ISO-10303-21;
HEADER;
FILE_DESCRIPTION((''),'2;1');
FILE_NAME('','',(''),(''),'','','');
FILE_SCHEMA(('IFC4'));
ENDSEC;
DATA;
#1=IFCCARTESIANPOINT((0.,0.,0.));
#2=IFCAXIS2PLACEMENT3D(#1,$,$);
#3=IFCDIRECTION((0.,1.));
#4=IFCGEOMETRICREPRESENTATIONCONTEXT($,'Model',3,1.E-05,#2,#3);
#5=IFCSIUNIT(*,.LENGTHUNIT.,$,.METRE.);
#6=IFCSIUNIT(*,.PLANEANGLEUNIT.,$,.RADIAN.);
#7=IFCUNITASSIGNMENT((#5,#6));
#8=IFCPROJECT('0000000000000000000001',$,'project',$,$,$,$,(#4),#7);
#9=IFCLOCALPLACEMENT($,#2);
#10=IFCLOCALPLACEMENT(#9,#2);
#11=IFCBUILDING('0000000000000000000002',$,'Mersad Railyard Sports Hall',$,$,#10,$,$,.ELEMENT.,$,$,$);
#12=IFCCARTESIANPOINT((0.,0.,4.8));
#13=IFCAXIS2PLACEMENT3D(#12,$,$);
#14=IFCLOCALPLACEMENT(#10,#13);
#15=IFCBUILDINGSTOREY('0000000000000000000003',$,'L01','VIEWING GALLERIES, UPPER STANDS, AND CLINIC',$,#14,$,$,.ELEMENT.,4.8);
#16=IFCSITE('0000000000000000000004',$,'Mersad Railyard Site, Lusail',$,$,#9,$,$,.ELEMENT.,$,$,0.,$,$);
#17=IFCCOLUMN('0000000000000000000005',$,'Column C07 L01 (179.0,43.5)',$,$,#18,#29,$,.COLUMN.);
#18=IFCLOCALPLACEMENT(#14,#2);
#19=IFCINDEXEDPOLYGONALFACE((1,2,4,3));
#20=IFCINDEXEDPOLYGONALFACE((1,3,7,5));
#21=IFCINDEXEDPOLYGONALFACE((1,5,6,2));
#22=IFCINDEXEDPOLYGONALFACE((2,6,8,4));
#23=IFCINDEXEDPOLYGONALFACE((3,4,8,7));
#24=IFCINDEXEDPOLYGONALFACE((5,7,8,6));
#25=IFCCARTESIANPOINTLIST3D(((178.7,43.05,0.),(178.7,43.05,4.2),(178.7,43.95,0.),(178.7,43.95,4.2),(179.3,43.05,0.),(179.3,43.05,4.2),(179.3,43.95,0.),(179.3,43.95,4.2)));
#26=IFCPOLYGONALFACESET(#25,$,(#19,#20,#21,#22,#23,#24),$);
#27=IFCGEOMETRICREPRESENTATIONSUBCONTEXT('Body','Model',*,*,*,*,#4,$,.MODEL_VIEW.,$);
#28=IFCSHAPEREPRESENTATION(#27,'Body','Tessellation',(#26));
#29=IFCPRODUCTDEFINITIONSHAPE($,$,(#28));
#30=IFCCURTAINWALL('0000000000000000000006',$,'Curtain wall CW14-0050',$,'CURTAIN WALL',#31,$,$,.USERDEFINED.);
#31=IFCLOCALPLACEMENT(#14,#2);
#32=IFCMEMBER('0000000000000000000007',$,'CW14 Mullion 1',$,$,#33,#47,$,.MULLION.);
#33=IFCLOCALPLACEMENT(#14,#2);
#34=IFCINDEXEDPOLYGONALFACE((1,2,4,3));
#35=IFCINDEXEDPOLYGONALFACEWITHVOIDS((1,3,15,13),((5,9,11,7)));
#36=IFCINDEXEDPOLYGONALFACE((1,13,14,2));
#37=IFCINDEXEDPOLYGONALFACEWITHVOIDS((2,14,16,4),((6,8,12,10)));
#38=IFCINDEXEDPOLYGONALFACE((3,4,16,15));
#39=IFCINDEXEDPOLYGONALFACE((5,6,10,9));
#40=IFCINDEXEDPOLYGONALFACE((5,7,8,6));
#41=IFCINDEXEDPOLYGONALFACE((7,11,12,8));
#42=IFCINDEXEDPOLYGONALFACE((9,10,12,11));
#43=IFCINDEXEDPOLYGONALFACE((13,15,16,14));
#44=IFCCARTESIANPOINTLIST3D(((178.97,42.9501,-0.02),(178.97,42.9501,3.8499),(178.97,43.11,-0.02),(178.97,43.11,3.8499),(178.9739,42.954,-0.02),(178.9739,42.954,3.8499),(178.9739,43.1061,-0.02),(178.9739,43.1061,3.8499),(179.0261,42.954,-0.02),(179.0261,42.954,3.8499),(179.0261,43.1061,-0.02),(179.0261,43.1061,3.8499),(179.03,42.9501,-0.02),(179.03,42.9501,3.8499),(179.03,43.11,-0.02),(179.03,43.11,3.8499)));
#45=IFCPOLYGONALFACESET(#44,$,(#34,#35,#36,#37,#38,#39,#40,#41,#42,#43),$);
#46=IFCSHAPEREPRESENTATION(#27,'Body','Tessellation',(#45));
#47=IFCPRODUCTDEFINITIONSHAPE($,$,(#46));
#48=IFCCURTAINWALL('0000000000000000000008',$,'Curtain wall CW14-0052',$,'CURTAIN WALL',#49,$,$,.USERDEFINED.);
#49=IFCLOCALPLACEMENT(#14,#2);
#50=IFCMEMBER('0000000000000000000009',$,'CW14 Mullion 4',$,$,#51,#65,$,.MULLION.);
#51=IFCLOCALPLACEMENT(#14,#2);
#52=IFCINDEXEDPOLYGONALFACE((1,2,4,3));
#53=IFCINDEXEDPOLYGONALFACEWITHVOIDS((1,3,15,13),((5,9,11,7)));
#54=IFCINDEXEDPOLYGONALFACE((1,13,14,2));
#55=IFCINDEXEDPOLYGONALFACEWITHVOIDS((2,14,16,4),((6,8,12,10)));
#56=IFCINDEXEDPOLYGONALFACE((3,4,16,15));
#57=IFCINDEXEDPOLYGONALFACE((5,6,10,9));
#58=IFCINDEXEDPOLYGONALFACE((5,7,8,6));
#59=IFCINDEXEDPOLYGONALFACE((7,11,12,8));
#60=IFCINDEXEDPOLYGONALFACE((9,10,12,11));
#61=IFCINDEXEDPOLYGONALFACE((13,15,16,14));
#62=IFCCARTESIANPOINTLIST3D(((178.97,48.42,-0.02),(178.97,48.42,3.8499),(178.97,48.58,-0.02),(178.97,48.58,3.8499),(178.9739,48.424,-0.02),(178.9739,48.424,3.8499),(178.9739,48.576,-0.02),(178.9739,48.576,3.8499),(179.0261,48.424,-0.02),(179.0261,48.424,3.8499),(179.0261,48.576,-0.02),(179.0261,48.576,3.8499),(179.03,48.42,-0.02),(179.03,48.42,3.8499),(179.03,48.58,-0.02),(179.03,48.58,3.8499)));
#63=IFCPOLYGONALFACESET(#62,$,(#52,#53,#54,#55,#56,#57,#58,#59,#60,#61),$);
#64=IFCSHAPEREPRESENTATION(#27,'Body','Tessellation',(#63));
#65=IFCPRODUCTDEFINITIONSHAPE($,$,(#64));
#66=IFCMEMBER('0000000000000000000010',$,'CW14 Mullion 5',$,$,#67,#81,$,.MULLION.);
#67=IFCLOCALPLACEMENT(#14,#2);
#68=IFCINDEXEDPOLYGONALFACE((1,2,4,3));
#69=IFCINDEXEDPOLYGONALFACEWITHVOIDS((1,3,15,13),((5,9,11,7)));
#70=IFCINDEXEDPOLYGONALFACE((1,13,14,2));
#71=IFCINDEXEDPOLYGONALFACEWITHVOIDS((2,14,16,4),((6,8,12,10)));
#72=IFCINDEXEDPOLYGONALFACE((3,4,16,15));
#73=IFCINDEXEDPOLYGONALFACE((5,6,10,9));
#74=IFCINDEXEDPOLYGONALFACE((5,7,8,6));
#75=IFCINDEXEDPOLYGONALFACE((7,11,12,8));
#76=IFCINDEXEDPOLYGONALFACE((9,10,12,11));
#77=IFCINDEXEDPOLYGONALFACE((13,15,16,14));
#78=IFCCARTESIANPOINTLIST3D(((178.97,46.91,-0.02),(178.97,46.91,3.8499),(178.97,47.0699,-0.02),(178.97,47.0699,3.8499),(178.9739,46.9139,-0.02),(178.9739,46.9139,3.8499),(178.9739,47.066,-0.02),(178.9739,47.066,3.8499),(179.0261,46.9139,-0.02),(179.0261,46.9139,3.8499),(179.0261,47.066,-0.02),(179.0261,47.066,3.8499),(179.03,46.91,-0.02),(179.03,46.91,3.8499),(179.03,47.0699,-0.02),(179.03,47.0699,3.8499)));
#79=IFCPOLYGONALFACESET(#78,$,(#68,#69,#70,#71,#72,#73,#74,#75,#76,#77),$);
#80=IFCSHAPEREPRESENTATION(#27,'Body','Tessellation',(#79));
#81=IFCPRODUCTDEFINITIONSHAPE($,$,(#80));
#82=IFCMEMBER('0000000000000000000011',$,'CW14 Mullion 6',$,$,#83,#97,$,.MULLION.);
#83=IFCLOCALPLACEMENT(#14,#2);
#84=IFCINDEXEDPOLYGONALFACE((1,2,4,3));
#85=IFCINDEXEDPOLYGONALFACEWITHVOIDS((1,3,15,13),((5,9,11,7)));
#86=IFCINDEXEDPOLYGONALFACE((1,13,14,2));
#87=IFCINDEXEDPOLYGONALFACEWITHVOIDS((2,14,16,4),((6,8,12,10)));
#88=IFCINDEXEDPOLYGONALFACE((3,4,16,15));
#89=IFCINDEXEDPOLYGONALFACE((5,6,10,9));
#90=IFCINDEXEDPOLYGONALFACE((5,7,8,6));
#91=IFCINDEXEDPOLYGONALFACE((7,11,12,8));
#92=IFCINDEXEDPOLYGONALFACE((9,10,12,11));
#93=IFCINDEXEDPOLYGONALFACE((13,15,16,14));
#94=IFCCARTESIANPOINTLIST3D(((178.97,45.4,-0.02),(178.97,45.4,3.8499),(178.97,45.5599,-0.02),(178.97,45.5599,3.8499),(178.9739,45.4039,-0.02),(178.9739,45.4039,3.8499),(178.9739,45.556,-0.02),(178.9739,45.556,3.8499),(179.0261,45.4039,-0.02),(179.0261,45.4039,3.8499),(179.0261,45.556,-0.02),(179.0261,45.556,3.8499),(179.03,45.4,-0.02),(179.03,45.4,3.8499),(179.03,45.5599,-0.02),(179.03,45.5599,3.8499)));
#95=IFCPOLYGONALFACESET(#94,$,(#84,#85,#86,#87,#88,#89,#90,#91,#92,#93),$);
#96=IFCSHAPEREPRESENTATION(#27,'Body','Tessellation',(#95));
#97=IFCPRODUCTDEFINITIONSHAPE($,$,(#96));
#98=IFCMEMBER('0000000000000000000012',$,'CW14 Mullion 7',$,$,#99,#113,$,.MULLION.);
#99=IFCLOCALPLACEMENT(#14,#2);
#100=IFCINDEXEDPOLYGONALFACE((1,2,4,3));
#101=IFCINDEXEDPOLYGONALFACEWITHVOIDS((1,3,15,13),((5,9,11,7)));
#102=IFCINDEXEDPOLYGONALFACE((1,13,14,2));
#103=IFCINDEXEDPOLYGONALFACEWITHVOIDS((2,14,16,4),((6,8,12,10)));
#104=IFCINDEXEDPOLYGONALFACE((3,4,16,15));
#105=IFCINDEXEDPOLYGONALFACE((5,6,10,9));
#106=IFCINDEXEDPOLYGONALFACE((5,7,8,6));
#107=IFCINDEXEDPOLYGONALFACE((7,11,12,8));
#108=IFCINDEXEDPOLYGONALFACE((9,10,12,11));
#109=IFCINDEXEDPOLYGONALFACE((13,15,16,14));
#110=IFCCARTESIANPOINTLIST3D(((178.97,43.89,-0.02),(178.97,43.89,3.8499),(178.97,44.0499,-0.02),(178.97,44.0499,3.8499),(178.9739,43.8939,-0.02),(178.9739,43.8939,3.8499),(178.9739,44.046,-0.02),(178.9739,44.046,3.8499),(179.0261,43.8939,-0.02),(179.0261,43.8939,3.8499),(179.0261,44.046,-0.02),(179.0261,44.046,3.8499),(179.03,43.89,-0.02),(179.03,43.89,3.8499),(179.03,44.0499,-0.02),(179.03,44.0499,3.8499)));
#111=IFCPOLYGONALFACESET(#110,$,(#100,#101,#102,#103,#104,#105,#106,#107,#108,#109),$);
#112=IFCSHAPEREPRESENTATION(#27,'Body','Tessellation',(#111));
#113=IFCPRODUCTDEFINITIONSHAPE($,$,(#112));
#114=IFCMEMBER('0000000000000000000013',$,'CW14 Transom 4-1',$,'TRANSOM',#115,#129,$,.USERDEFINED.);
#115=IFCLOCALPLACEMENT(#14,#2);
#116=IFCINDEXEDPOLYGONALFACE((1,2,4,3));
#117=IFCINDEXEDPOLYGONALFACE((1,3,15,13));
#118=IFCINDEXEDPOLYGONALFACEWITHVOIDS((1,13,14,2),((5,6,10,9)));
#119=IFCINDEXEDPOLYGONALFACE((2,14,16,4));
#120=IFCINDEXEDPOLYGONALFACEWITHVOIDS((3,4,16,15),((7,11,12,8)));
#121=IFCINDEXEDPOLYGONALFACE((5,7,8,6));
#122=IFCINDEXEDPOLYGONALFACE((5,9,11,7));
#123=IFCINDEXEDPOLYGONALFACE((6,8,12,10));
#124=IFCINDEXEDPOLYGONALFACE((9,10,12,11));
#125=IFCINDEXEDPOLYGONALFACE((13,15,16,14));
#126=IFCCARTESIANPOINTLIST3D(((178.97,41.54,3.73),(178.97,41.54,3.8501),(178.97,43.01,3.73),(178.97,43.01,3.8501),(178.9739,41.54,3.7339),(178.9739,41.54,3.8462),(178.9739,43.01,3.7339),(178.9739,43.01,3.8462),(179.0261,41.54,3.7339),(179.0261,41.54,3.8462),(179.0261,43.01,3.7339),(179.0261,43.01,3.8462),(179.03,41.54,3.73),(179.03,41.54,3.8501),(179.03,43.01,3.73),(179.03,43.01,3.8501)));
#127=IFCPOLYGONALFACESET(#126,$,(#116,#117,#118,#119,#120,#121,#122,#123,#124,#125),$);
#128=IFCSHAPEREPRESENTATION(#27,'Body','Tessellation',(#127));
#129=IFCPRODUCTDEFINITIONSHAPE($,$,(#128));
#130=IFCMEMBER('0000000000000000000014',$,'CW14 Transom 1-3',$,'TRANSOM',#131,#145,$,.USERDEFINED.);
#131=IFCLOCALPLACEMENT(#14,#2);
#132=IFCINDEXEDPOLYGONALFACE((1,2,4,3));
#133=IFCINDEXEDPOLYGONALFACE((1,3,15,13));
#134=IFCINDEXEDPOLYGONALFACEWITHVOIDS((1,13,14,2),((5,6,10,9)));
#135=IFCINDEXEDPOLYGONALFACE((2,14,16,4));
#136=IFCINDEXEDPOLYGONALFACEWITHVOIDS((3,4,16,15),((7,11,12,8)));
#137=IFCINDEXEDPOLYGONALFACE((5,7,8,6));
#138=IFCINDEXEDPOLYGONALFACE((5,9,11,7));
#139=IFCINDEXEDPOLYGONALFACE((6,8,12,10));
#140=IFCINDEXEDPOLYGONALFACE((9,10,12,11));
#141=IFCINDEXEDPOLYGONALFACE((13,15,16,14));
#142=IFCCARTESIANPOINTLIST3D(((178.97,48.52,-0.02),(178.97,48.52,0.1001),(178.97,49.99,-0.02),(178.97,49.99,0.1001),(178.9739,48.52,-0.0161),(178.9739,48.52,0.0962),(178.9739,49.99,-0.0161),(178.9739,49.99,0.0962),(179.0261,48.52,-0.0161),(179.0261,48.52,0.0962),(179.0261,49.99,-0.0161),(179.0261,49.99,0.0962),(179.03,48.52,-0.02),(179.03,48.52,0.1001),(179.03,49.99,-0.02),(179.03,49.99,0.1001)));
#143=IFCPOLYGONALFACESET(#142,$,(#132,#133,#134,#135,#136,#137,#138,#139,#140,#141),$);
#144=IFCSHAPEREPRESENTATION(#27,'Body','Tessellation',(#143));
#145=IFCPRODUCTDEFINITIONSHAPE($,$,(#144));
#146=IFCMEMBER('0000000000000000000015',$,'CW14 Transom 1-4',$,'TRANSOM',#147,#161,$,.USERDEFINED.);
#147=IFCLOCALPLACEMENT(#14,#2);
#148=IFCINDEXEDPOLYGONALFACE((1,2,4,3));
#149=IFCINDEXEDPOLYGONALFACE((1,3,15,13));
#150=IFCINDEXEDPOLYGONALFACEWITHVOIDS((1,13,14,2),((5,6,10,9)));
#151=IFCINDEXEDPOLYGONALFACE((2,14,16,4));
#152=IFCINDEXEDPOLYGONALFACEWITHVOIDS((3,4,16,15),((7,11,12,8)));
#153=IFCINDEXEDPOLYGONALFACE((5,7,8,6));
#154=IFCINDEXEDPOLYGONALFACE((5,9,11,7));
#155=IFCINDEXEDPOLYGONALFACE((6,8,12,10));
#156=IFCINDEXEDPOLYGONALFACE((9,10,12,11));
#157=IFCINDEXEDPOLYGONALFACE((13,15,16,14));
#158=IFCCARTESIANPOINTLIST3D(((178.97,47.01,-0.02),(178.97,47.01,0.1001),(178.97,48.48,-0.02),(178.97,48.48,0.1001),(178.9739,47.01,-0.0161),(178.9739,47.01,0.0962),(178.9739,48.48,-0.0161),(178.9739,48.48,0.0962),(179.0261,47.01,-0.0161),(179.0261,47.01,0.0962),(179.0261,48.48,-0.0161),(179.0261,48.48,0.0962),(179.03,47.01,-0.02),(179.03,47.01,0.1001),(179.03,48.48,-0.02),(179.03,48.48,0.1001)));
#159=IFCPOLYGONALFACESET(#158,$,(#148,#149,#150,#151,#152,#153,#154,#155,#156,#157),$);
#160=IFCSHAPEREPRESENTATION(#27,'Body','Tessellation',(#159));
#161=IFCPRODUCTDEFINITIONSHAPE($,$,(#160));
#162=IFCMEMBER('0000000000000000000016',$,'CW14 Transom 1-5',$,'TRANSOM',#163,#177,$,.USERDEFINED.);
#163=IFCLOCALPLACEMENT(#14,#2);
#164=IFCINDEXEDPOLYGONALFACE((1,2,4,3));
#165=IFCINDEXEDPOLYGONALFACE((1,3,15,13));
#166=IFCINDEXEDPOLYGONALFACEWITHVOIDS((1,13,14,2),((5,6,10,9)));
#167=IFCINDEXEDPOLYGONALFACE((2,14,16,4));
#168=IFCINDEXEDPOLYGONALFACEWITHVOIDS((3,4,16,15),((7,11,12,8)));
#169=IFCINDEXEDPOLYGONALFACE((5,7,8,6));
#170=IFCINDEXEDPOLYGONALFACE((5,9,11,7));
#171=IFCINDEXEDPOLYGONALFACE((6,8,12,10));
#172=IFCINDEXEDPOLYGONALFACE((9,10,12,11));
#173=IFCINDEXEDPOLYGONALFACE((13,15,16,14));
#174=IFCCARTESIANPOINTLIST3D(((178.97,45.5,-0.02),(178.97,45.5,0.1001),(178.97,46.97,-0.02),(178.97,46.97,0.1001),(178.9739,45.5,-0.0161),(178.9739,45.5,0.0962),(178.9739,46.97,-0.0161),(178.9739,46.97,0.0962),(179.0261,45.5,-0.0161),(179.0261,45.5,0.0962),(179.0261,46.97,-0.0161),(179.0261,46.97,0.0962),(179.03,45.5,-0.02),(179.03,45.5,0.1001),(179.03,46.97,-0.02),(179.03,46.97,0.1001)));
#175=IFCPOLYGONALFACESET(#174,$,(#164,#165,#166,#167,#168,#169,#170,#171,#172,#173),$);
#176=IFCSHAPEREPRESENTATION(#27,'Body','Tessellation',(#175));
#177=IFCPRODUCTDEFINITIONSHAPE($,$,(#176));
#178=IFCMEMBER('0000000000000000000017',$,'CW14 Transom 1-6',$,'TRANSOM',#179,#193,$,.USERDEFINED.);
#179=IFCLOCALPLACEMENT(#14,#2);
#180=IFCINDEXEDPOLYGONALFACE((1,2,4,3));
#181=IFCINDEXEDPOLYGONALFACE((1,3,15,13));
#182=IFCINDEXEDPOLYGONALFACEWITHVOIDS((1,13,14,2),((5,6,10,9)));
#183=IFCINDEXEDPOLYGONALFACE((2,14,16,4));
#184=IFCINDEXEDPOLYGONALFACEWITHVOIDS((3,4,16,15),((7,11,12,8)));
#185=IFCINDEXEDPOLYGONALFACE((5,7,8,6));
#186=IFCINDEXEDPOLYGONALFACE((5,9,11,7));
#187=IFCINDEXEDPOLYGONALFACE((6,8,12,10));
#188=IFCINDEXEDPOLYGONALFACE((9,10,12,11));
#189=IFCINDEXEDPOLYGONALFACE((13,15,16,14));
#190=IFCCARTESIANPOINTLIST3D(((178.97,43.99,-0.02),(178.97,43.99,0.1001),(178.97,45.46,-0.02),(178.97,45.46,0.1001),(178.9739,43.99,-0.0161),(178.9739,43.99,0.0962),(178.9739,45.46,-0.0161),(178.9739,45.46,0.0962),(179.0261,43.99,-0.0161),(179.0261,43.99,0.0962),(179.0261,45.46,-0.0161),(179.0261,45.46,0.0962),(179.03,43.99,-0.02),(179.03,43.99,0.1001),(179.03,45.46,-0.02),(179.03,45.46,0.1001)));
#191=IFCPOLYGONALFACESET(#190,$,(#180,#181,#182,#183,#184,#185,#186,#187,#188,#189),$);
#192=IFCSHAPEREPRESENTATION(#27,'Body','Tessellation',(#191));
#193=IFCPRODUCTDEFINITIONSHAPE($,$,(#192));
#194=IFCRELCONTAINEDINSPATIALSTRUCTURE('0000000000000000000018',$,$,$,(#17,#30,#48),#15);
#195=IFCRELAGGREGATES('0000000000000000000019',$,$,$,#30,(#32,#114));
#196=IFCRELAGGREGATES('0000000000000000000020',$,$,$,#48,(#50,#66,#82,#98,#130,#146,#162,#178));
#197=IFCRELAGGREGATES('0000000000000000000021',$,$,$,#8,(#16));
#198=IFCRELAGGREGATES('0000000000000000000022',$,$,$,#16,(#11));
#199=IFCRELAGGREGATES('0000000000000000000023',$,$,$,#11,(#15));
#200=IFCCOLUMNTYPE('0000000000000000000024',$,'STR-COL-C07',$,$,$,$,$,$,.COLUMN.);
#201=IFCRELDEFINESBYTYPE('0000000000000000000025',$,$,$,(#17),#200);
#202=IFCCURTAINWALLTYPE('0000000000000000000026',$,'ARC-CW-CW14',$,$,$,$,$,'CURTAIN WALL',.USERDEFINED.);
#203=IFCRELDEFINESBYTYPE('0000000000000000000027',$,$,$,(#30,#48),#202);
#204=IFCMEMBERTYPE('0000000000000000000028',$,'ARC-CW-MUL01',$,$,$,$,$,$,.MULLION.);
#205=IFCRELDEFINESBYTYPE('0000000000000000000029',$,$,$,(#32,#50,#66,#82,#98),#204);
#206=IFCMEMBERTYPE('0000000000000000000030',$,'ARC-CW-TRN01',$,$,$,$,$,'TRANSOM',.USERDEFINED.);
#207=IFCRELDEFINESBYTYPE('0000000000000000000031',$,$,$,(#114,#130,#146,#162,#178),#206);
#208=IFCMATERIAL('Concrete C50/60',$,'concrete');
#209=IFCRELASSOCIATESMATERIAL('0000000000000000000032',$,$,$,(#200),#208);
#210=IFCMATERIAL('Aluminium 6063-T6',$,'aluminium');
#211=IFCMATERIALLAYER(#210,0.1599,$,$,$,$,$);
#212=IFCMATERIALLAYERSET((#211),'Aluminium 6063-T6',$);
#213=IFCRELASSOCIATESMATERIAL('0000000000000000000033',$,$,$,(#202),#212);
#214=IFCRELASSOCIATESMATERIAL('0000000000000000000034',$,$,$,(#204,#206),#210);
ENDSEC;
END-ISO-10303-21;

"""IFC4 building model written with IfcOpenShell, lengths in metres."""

from ifc_helpers import new_model, si_unit, direction, frame, origin, origin_2d, place, context, subcontext, project, spatial, rectangle, hollow_rectangle, extrude, material, layer, layer_set, material_profile, profile_set, type_object, element, aggregate, save


model = new_model("IFC4")

# Units and contexts
model_context = context("Model", 3, precision=1e-05, world=origin(), true_north=direction((0.0, 1.0)))
body_context = subcontext(model_context, "Body", "Model", "MODEL_VIEW")
ifc_project = project(units=[si_unit("LENGTHUNIT", "METRE"), si_unit("PLANEANGLEUNIT", "RADIAN")], contexts=[model_context])

# Site, building, storey
site_placement = place(None, origin())
site = spatial("IfcSite", under=ifc_project, at=site_placement, Name="Mersad Railyard Site, Lusail", CompositionType="ELEMENT", RefElevation=0.0)
building_placement = place(site_placement, origin())
building = spatial("IfcBuilding", under=site, at=building_placement, Name="Mersad Railyard Sports Hall", CompositionType="ELEMENT")
storey_placement = place(building_placement, frame((0.0, 0.0, 4.8)))
storey = spatial("IfcBuildingStorey", under=building, at=storey_placement, Name="L01", Description="VIEWING GALLERIES, UPPER STANDS, AND CLINIC", CompositionType="ELEMENT", Elevation=4.8)

# Column
ifc_material_1 = material(Name="Concrete C50/60", Category="concrete")
ifc_material_profile_1 = material_profile(ifc_material_1, rectangle(XDim=0.6001, YDim=0.8999, at=origin_2d()), Name="RC 600x900")
ifc_profile_set_1 = profile_set([ifc_material_profile_1], Name="Concrete C50/60")
column_type = type_object("IfcColumnType", Name="STR-COL-C07", PredefinedType="COLUMN", material=ifc_profile_set_1)
column_placement = place(storey_placement, frame((179.0, 43.5, 0.0), z_axis=(0.0, 0.0, 1.0), x_axis=(1.0, 0.0, 0.0)))
element("IfcColumn", 1, at=column_placement, inside=storey, type_object=column_type, Name="Column C07 L01 (179.0,43.5)", PredefinedType="COLUMN", context=body_context, shape_type="SweptSolid", body=[
    extrude(rectangle(XDim=0.6001, YDim=0.8999, at=origin_2d()), origin(), (0.0, 0.0, 1.0), 4.2),
])

# Curtain wall, member
ifc_material_2 = material(Name="Aluminium 6063-T6", Category="aluminium")
ifc_layer_1 = layer(ifc_material_2, 0.1599)
ifc_layer_set_1 = layer_set([ifc_layer_1], Name="Aluminium 6063-T6")
curtain_wall_type = type_object("IfcCurtainWallType", Name="ARC-CW-CW14", ElementType="CURTAIN WALL", PredefinedType="USERDEFINED", material=ifc_layer_set_1)
curtain_wall_1_placement = place(storey_placement, origin())
curtain_wall_1 = element("IfcCurtainWall", 2, at=curtain_wall_1_placement, inside=storey, type_object=curtain_wall_type, Name="Curtain wall CW14-0050", ObjectType="CURTAIN WALL", PredefinedType="USERDEFINED")
ifc_material_profile_2 = material_profile(ifc_material_2, hollow_rectangle(XDim=0.0601, YDim=0.1599, WallThickness=0.0039, at=origin_2d()), Name="AL MULLION 60x160x4")
ifc_profile_set_2 = profile_set([ifc_material_profile_2], Name="Aluminium 6063-T6")
member_type_1 = type_object("IfcMemberType", Name="ARC-CW-MUL01", PredefinedType="MULLION", material=ifc_profile_set_2)
member_1_placement = place(storey_placement, frame((179.0, 43.03, -0.02), z_axis=(0.0, 0.0, 1.0), x_axis=(1.0, 0.0, 0.0)))
member_1 = element("IfcMember", 3, at=member_1_placement, type_object=member_type_1, Name="CW14 Mullion 1", PredefinedType="MULLION", context=body_context, shape_type="SweptSolid", body=[
    extrude(hollow_rectangle(XDim=0.0601, YDim=0.1599, WallThickness=0.0039, at=origin_2d()), origin(), (0.0, 0.0, 1.0), 3.8699),
])

# Curtain wall, members
curtain_wall_2_placement = place(storey_placement, origin())
curtain_wall_2 = element("IfcCurtainWall", 4, at=curtain_wall_2_placement, inside=storey, type_object=curtain_wall_type, Name="Curtain wall CW14-0052", ObjectType="CURTAIN WALL", PredefinedType="USERDEFINED")
member_2_placement = place(storey_placement, frame((179.0, 48.5, -0.02), z_axis=(0.0, 0.0, 1.0), x_axis=(1.0, 0.0, 0.0)))
member_2 = element("IfcMember", 5, at=member_2_placement, type_object=member_type_1, Name="CW14 Mullion 4", PredefinedType="MULLION", context=body_context, shape_type="SweptSolid", body=[
    extrude(hollow_rectangle(XDim=0.0601, YDim=0.1599, WallThickness=0.0039, at=origin_2d()), origin(), (0.0, 0.0, 1.0), 3.8699),
])
member_3_placement = place(storey_placement, frame((179.0, 46.99, -0.02), z_axis=(0.0, 0.0, 1.0), x_axis=(1.0, 0.0, 0.0)))
member_3 = element("IfcMember", 6, at=member_3_placement, type_object=member_type_1, Name="CW14 Mullion 5", PredefinedType="MULLION", context=body_context, shape_type="SweptSolid", body=[
    extrude(hollow_rectangle(XDim=0.0601, YDim=0.1599, WallThickness=0.0039, at=origin_2d()), origin(), (0.0, 0.0, 1.0), 3.8699),
])
member_4_placement = place(storey_placement, frame((179.0, 45.48, -0.02), z_axis=(0.0, 0.0, 1.0), x_axis=(1.0, 0.0, 0.0)))
member_4 = element("IfcMember", 7, at=member_4_placement, type_object=member_type_1, Name="CW14 Mullion 6", PredefinedType="MULLION", context=body_context, shape_type="SweptSolid", body=[
    extrude(hollow_rectangle(XDim=0.0601, YDim=0.1599, WallThickness=0.0039, at=origin_2d()), origin(), (0.0, 0.0, 1.0), 3.8699),
])
member_5_placement = place(storey_placement, frame((179.0, 43.97, -0.02), z_axis=(0.0, 0.0, 1.0), x_axis=(1.0, 0.0, 0.0)))
member_5 = element("IfcMember", 8, at=member_5_placement, type_object=member_type_1, Name="CW14 Mullion 7", PredefinedType="MULLION", context=body_context, shape_type="SweptSolid", body=[
    extrude(hollow_rectangle(XDim=0.0601, YDim=0.1599, WallThickness=0.0039, at=origin_2d()), origin(), (0.0, 0.0, 1.0), 3.8699),
])

# Members
ifc_material_profile_3 = material_profile(ifc_material_2, hollow_rectangle(XDim=0.0601, YDim=0.1201, WallThickness=0.0039, at=origin_2d()), Name="AL TRANSOM 60x120x4")
ifc_profile_set_3 = profile_set([ifc_material_profile_3], Name="Aluminium 6063-T6")
member_type_2 = type_object("IfcMemberType", Name="ARC-CW-TRN01", ElementType="TRANSOM", PredefinedType="USERDEFINED", material=ifc_profile_set_3)
member_6_placement = place(storey_placement, frame((179.0, 43.01, 3.79), z_axis=(0.0, -1.0, 0.0), x_axis=(1.0, 0.0, 0.0)))
member_6 = element("IfcMember", 9, at=member_6_placement, type_object=member_type_2, Name="CW14 Transom 4-1", ObjectType="TRANSOM", PredefinedType="USERDEFINED", context=body_context, shape_type="SweptSolid", body=[
    extrude(hollow_rectangle(XDim=0.0601, YDim=0.1201, WallThickness=0.0039, at=origin_2d()), origin(), (0.0, 0.0, 1.0), 1.47),
])
aggregate(curtain_wall_1, [member_1, member_6])
member_7_placement = place(storey_placement, frame((179.0, 49.99, 0.04), z_axis=(0.0, -1.0, 0.0), x_axis=(1.0, 0.0, 0.0)))
member_7 = element("IfcMember", 10, at=member_7_placement, type_object=member_type_2, Name="CW14 Transom 1-3", ObjectType="TRANSOM", PredefinedType="USERDEFINED", context=body_context, shape_type="SweptSolid", body=[
    extrude(hollow_rectangle(XDim=0.0601, YDim=0.1201, WallThickness=0.0039, at=origin_2d()), origin(), (0.0, 0.0, 1.0), 1.47),
])
member_8_placement = place(storey_placement, frame((179.0, 48.48, 0.04), z_axis=(0.0, -1.0, 0.0), x_axis=(1.0, 0.0, 0.0)))
member_8 = element("IfcMember", 11, at=member_8_placement, type_object=member_type_2, Name="CW14 Transom 1-4", ObjectType="TRANSOM", PredefinedType="USERDEFINED", context=body_context, shape_type="SweptSolid", body=[
    extrude(hollow_rectangle(XDim=0.0601, YDim=0.1201, WallThickness=0.0039, at=origin_2d()), origin(), (0.0, 0.0, 1.0), 1.47),
])
member_9_placement = place(storey_placement, frame((179.0, 46.97, 0.04), z_axis=(0.0, -1.0, 0.0), x_axis=(1.0, 0.0, 0.0)))
member_9 = element("IfcMember", 12, at=member_9_placement, type_object=member_type_2, Name="CW14 Transom 1-5", ObjectType="TRANSOM", PredefinedType="USERDEFINED", context=body_context, shape_type="SweptSolid", body=[
    extrude(hollow_rectangle(XDim=0.0601, YDim=0.1201, WallThickness=0.0039, at=origin_2d()), origin(), (0.0, 0.0, 1.0), 1.47),
])
member_10_placement = place(storey_placement, frame((179.0, 45.46, 0.04), z_axis=(0.0, -1.0, 0.0), x_axis=(1.0, 0.0, 0.0)))
member_10 = element("IfcMember", 13, at=member_10_placement, type_object=member_type_2, Name="CW14 Transom 1-6", ObjectType="TRANSOM", PredefinedType="USERDEFINED", context=body_context, shape_type="SweptSolid", body=[
    extrude(hollow_rectangle(XDim=0.0601, YDim=0.1201, WallThickness=0.0039, at=origin_2d()), origin(), (0.0, 0.0, 1.0), 1.47),
])

aggregate(curtain_wall_2, [member_2, member_3, member_4, member_5, member_7, member_8, member_9, member_10])

save(model, "model.ifc")
